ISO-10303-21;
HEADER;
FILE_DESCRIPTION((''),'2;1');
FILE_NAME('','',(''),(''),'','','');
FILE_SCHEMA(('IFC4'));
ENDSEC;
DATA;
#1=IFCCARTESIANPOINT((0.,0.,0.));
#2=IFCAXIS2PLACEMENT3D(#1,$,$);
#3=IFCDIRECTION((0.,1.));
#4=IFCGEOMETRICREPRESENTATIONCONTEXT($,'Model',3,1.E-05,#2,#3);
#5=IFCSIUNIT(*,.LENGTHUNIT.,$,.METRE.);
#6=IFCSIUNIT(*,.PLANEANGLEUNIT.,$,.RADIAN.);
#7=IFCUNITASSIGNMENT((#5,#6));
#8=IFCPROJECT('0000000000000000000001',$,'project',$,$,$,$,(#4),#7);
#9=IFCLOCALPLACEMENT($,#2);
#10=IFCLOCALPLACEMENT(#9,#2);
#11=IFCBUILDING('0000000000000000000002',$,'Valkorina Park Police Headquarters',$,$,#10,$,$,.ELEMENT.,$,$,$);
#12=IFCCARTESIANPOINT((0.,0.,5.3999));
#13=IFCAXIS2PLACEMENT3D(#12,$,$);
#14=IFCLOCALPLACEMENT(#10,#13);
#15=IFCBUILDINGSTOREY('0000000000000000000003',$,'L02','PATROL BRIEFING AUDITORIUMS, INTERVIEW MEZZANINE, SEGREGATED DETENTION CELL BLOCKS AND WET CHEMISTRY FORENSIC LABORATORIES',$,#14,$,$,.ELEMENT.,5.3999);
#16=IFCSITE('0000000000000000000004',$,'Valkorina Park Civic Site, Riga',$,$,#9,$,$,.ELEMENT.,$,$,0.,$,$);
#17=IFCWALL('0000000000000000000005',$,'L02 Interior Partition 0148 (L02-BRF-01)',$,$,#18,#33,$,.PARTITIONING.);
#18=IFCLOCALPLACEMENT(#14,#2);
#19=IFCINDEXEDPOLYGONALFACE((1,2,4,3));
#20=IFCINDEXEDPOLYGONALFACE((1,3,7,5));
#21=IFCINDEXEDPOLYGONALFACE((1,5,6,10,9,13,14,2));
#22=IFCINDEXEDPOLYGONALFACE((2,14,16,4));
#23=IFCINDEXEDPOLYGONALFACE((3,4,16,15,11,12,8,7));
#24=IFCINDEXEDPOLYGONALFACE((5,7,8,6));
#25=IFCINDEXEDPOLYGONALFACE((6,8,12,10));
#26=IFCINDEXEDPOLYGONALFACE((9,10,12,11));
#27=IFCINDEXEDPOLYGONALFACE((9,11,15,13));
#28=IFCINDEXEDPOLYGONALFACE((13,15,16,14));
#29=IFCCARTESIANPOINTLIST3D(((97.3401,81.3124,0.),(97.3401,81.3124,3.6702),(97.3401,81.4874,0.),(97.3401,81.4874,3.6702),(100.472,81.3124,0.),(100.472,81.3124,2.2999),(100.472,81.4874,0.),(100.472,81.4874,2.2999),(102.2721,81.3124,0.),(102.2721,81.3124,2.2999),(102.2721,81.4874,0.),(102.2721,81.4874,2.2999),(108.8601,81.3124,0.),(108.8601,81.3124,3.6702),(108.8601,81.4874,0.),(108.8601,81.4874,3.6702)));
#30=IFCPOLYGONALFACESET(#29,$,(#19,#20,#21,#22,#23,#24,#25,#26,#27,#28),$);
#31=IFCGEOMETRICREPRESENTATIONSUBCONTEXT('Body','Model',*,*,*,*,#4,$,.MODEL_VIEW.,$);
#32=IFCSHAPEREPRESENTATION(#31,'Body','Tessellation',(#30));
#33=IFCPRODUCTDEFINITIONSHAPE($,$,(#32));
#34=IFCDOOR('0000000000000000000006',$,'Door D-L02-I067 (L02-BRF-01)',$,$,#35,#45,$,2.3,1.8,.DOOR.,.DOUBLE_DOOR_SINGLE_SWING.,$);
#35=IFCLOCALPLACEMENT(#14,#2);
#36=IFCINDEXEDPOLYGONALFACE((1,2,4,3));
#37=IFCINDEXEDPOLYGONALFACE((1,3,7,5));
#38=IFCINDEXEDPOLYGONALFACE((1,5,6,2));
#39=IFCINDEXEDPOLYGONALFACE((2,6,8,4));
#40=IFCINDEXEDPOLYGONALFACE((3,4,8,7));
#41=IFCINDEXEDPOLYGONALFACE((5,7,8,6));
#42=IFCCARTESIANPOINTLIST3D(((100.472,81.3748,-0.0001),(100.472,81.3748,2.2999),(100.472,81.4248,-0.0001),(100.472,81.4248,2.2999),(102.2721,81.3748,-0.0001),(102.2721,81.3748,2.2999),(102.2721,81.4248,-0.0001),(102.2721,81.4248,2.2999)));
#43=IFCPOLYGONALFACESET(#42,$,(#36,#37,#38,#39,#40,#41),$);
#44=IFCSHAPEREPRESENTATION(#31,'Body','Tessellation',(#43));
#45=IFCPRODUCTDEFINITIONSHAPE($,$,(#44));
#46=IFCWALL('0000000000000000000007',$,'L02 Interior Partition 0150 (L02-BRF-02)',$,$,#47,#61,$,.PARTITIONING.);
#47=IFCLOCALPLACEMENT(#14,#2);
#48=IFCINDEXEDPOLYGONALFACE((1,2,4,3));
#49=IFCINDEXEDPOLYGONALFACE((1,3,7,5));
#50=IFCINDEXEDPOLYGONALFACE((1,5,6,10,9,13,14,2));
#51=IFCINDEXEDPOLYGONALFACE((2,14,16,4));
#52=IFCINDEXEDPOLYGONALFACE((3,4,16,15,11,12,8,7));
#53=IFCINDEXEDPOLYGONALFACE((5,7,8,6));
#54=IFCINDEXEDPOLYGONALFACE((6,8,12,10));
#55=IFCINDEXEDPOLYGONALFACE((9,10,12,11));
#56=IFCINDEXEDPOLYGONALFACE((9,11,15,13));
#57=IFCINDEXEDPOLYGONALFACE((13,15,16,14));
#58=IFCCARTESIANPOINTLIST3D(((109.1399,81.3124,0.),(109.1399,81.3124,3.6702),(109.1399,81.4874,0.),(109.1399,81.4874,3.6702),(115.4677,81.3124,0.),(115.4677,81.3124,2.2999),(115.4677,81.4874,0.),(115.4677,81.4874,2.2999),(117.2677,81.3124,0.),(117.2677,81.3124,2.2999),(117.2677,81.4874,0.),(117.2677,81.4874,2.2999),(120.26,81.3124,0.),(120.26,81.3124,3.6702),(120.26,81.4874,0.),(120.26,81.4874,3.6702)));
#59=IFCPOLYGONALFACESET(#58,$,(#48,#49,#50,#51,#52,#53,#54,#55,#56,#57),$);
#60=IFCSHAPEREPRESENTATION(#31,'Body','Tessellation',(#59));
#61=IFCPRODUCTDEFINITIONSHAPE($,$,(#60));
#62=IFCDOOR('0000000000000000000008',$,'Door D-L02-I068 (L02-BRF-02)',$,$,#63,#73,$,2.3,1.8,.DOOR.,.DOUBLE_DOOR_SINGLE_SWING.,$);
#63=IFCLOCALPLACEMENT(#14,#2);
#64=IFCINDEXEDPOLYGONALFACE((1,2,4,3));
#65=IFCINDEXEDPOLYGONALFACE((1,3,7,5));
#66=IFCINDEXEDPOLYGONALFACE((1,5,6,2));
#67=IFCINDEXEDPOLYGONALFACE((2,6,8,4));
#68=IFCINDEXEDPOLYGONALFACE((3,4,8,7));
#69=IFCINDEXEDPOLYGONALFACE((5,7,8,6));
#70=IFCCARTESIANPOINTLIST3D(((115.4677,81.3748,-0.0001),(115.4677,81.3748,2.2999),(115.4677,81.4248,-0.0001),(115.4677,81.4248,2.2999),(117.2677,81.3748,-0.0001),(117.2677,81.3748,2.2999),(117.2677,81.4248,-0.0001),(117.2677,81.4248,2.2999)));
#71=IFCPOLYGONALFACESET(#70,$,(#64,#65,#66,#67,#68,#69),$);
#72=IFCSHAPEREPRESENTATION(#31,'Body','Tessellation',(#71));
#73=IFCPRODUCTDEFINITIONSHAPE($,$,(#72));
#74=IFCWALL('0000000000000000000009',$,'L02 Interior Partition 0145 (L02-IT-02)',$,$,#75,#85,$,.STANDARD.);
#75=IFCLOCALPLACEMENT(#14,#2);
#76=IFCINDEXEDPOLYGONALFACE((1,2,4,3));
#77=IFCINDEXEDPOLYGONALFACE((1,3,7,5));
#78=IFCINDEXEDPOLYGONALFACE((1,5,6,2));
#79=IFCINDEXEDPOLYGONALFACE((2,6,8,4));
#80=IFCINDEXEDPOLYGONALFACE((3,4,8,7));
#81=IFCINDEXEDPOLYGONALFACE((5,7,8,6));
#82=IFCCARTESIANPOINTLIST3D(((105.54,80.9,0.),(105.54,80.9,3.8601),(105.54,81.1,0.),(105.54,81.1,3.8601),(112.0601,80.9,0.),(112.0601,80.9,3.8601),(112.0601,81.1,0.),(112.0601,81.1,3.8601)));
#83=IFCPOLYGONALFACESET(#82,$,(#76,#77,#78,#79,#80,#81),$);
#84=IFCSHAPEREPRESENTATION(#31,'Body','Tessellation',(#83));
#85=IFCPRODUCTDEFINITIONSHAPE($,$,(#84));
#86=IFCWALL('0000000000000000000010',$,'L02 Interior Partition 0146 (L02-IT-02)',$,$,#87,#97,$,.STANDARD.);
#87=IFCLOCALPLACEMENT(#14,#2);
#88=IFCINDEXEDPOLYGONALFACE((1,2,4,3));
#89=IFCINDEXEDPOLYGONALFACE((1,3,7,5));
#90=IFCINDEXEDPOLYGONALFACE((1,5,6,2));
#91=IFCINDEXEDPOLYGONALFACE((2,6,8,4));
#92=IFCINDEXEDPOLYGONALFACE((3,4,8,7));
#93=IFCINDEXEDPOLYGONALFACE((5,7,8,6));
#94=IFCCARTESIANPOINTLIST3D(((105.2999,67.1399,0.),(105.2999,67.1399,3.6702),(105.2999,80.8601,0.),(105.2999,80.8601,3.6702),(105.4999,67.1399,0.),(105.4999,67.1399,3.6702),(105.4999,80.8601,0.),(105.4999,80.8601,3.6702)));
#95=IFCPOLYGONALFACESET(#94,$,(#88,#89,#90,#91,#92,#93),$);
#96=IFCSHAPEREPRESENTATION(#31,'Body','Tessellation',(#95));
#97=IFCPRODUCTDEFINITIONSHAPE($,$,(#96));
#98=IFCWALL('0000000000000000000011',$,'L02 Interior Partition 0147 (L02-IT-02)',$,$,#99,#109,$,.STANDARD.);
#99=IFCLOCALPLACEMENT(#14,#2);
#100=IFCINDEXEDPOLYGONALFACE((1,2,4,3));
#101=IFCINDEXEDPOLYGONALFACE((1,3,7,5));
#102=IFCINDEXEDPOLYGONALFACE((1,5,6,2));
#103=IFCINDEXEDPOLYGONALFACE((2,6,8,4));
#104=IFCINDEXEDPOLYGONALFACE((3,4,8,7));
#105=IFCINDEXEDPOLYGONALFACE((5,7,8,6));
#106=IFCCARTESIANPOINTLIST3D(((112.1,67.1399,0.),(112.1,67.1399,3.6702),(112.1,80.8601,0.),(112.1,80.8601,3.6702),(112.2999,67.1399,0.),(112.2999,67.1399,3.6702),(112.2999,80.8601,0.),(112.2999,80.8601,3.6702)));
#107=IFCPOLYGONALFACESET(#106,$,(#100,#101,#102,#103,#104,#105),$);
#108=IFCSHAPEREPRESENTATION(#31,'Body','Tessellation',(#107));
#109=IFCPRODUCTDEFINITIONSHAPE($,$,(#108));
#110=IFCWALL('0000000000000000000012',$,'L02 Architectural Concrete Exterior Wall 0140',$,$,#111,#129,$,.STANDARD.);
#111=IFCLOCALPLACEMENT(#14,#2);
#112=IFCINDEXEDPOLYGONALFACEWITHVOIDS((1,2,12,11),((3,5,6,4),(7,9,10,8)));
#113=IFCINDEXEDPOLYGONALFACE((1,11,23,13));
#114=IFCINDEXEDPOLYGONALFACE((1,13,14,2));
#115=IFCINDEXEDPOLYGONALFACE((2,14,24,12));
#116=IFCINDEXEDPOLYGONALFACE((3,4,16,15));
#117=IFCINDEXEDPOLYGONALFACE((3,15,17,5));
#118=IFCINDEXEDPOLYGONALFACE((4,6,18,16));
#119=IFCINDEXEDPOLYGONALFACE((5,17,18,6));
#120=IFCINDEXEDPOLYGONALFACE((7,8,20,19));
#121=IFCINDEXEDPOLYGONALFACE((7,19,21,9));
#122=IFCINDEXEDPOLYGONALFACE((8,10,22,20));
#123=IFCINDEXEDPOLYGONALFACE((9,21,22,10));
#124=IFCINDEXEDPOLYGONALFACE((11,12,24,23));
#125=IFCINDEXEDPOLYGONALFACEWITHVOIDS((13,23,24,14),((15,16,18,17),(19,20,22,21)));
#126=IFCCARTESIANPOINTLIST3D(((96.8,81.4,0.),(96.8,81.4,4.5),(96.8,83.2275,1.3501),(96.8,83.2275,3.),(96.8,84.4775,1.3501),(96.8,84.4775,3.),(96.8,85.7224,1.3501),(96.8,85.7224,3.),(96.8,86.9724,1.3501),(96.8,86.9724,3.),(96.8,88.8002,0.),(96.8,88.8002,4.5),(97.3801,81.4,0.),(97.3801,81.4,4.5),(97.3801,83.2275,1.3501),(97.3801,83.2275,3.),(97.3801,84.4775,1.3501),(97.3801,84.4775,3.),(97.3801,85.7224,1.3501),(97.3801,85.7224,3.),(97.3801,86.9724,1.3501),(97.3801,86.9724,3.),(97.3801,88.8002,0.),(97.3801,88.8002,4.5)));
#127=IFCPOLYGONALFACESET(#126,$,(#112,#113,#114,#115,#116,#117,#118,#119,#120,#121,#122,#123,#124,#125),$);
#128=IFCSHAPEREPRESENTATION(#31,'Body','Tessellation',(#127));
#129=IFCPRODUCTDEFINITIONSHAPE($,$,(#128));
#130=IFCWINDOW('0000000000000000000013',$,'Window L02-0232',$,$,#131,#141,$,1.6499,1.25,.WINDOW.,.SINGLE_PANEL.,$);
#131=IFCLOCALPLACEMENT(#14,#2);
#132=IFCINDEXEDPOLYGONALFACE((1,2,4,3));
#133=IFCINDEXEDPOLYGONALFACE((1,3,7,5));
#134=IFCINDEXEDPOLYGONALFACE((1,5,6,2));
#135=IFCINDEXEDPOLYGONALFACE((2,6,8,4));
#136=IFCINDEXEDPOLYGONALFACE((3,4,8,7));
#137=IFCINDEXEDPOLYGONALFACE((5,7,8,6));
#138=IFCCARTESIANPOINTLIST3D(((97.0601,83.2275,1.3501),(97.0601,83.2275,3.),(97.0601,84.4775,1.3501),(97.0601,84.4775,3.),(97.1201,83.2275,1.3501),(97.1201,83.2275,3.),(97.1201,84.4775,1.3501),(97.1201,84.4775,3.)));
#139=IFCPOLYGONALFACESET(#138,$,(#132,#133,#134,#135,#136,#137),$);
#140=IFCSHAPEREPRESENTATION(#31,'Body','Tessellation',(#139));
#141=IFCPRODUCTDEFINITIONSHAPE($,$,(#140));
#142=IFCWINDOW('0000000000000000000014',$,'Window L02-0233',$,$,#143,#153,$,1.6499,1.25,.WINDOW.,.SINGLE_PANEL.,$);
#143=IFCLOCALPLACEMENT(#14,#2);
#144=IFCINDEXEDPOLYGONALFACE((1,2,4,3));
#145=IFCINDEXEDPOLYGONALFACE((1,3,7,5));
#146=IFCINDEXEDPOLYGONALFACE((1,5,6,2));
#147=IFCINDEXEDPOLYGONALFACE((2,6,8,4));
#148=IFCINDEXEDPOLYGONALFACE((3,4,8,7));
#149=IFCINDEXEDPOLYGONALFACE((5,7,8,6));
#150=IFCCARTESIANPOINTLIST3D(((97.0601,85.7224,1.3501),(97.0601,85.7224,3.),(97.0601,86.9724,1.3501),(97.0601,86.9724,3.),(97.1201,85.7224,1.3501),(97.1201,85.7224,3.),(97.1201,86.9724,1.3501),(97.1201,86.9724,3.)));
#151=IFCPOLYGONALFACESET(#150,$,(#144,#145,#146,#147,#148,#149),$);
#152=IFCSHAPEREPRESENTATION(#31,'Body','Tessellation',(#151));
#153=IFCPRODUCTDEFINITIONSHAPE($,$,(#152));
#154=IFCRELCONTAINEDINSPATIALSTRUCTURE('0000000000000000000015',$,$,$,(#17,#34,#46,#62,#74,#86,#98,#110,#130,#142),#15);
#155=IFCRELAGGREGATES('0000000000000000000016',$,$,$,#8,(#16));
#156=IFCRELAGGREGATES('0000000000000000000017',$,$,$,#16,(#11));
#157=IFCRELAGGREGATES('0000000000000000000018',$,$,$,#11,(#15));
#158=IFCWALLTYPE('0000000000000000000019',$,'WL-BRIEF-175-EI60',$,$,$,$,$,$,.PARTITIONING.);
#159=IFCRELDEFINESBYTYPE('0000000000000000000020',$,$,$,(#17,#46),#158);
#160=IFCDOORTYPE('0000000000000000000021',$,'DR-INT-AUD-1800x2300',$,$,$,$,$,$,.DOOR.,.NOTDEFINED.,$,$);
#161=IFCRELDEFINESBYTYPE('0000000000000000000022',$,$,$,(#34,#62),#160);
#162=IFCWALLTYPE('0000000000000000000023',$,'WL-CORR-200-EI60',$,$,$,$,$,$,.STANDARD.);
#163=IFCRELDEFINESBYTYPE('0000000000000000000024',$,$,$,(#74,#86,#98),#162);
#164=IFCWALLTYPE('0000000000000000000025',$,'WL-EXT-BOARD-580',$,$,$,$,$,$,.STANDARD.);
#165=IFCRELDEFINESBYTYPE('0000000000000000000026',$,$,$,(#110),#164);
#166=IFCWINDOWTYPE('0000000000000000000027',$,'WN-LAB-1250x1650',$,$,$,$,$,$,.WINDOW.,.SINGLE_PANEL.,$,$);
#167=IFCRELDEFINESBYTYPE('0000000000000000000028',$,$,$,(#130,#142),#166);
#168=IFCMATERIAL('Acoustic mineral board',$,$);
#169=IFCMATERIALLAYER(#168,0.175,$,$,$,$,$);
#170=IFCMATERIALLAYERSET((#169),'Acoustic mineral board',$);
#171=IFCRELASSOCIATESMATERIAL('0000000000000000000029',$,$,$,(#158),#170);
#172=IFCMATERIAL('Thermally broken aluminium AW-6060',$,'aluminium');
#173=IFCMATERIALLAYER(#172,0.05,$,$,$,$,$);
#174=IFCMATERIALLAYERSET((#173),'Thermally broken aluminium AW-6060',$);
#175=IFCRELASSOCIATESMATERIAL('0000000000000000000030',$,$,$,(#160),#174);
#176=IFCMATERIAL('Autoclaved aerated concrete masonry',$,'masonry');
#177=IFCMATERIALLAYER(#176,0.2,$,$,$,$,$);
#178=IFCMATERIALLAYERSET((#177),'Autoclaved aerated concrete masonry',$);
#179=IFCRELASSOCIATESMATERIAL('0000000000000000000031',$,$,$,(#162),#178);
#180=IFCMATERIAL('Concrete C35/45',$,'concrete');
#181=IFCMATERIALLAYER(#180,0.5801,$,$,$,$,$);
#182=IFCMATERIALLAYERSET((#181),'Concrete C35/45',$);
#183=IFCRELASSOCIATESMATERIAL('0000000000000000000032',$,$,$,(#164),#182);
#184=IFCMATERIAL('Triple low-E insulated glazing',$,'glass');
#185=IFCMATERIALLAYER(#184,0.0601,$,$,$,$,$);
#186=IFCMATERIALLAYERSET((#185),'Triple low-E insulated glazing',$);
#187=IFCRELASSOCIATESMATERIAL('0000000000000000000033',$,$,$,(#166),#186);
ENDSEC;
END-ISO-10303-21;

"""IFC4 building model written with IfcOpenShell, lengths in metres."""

from ifc_helpers import new_model, si_unit, direction, frame, frame_2d, origin, place, context, subcontext, project, spatial, rectangle, extrude, material, layer, layer_set, type_object, element, fill, save


model = new_model("IFC4")

# Units and contexts
model_context = context("Model", 3, precision=1e-05, world=origin(), true_north=direction((0.0, 1.0)))
body_context = subcontext(model_context, "Body", "Model", "MODEL_VIEW")
ifc_project = project(units=[si_unit("LENGTHUNIT", "METRE"), si_unit("PLANEANGLEUNIT", "RADIAN")], contexts=[model_context])

# Site, building, storey
site_placement = place(None, origin())
site = spatial("IfcSite", under=ifc_project, at=site_placement, Name="Valkorina Park Civic Site, Riga", CompositionType="ELEMENT", RefElevation=0.0)
building_placement = place(site_placement, origin())
building = spatial("IfcBuilding", under=site, at=building_placement, Name="Valkorina Park Police Headquarters", CompositionType="ELEMENT")
storey_placement = place(building_placement, frame((0.0, 0.0, 5.3999)))
storey = spatial("IfcBuildingStorey", under=building, at=storey_placement, Name="L02", Description="PATROL BRIEFING AUDITORIUMS, INTERVIEW MEZZANINE, SEGREGATED DETENTION CELL BLOCKS AND WET CHEMISTRY FORENSIC LABORATORIES", CompositionType="ELEMENT", Elevation=5.3999)

# Walls, openings, doors
ifc_material_1 = material(Name="Acoustic mineral board")
ifc_layer_1 = layer(ifc_material_1, 0.175)
ifc_layer_set_1 = layer_set([ifc_layer_1], Name="Acoustic mineral board")
wall_type_1 = type_object("IfcWallType", Name="WL-BRIEF-175-EI60", PredefinedType="PARTITIONING", material=ifc_layer_set_1)
wall_1_placement = place(storey_placement, frame((97.3401, 81.3999, 0.0), z_axis=(0.0, 0.0, 1.0), x_axis=(1.0, 0.0, 0.0)))
wall_1 = element("IfcWall", 1, at=wall_1_placement, inside=storey, type_object=wall_type_1, Name="L02 Interior Partition 0148 (L02-BRF-01)", PredefinedType="PARTITIONING", context=body_context, shape_type="SweptSolid", body=[
    extrude(rectangle(XDim=11.52, YDim=0.175, at=frame_2d((5.76, 0.0))), origin(), (0.0, 0.0, 1.0), 3.6702),
])
opening_1_placement = place(wall_1_placement, frame((3.1321, 0.0, 0.0)))
opening_1 = element("IfcOpeningElement", 2, at=opening_1_placement, cuts=wall_1, PredefinedType="OPENING", context=body_context, shape_type="SweptSolid", body=[
    extrude(rectangle(XDim=1.8, YDim=2.3, at=frame_2d((0.8999, 1.1499))), frame((0.0, 0.0977, 0.0), z_axis=(0.0, -1.0, 0.0), x_axis=(1.0, 0.0, 0.0)), (0.0, 0.0, 1.0), 0.1951),
])
ifc_material_2 = material(Name="Thermally broken aluminium AW-6060", Category="aluminium")
ifc_layer_2 = layer(ifc_material_2, 0.05)
ifc_layer_set_2 = layer_set([ifc_layer_2], Name="Thermally broken aluminium AW-6060")
door_type = type_object("IfcDoorType", Name="DR-INT-AUD-1800x2300", OperationType="NOTDEFINED", PredefinedType="DOOR", material=ifc_layer_set_2)
door_1_placement = place(opening_1_placement, origin())
door_1 = element("IfcDoor", 3, at=door_1_placement, inside=storey, type_object=door_type, Name="Door D-L02-I067 (L02-BRF-01)", OperationType="DOUBLE_DOOR_SINGLE_SWING", OverallHeight=2.3, OverallWidth=1.8, PredefinedType="DOOR", context=body_context, shape_type="SweptSolid", body=[
    extrude(rectangle(XDim=1.8, YDim=2.3, at=frame_2d((0.8999, 1.1499))), frame((0.0, 0.0249, 0.0), z_axis=(0.0, -1.0, 0.0), x_axis=(1.0, 0.0, 0.0)), (0.0, 0.0, 1.0), 0.05),
])
fill(opening_1, door_1)
wall_2_placement = place(storey_placement, frame((109.1399, 81.3999, 0.0), z_axis=(0.0, 0.0, 1.0), x_axis=(1.0, 0.0, 0.0)))
wall_2 = element("IfcWall", 4, at=wall_2_placement, inside=storey, type_object=wall_type_1, Name="L02 Interior Partition 0150 (L02-BRF-02)", PredefinedType="PARTITIONING", context=body_context, shape_type="SweptSolid", body=[
    extrude(rectangle(XDim=11.1201, YDim=0.175, at=frame_2d((5.5601, 0.0))), origin(), (0.0, 0.0, 1.0), 3.6702),
])
opening_2_placement = place(wall_2_placement, frame((6.3279, 0.0, 0.0)))
opening_2 = element("IfcOpeningElement", 5, at=opening_2_placement, cuts=wall_2, PredefinedType="OPENING", context=body_context, shape_type="SweptSolid", body=[
    extrude(rectangle(XDim=1.8, YDim=2.3, at=frame_2d((0.8999, 1.1499))), frame((0.0, 0.0977, 0.0), z_axis=(0.0, -1.0, 0.0), x_axis=(1.0, 0.0, 0.0)), (0.0, 0.0, 1.0), 0.1951),
])
door_2_placement = place(opening_2_placement, origin())
door_2 = element("IfcDoor", 6, at=door_2_placement, inside=storey, type_object=door_type, Name="Door D-L02-I068 (L02-BRF-02)", OperationType="DOUBLE_DOOR_SINGLE_SWING", OverallHeight=2.3, OverallWidth=1.8, PredefinedType="DOOR", context=body_context, shape_type="SweptSolid", body=[
    extrude(rectangle(XDim=1.8, YDim=2.3, at=frame_2d((0.8999, 1.1499))), frame((0.0, 0.0249, 0.0), z_axis=(0.0, -1.0, 0.0), x_axis=(1.0, 0.0, 0.0)), (0.0, 0.0, 1.0), 0.05),
])
fill(opening_2, door_2)

# Walls
ifc_material_3 = material(Name="Autoclaved aerated concrete masonry", Category="masonry")
ifc_layer_3 = layer(ifc_material_3, 0.2)
ifc_layer_set_3 = layer_set([ifc_layer_3], Name="Autoclaved aerated concrete masonry")
wall_type_2 = type_object("IfcWallType", Name="WL-CORR-200-EI60", PredefinedType="STANDARD", material=ifc_layer_set_3)
wall_3_placement = place(storey_placement, frame((105.54, 81.0, 0.0), z_axis=(0.0, 0.0, 1.0), x_axis=(1.0, 0.0, 0.0)))
element("IfcWall", 7, at=wall_3_placement, inside=storey, type_object=wall_type_2, Name="L02 Interior Partition 0145 (L02-IT-02)", PredefinedType="STANDARD", context=body_context, shape_type="SweptSolid", body=[
    extrude(rectangle(XDim=6.52, YDim=0.2, at=frame_2d((3.26, 0.0))), origin(), (0.0, 0.0, 1.0), 3.8601),
])
for number, where, z_axis, x_axis, name in (
    (8, (105.3999, 67.1399, 0.0), (0.0, 0.0, 1.0), (0.0, 1.0, 0.0), "L02 Interior Partition 0146 (L02-IT-02)"),
    (9, (112.2, 67.1399, 0.0), (0.0, 0.0, 1.0), (0.0, 1.0, 0.0), "L02 Interior Partition 0147 (L02-IT-02)"),
):
    element("IfcWall", number, at=place(storey_placement, frame(where, z_axis=z_axis, x_axis=x_axis)), inside=storey, type_object=wall_type_2, Name=name, PredefinedType="STANDARD", context=body_context, shape_type="SweptSolid", body=[
        extrude(rectangle(XDim=13.7202, YDim=0.2, at=frame_2d((6.8601, 0.0))), origin(), (0.0, 0.0, 1.0), 3.6702),
    ])

# Wall, openings, windows
ifc_material_4 = material(Name="Concrete C35/45", Category="concrete")
ifc_layer_4 = layer(ifc_material_4, 0.5801)
ifc_layer_set_4 = layer_set([ifc_layer_4], Name="Concrete C35/45")
wall_type_3 = type_object("IfcWallType", Name="WL-EXT-BOARD-580", PredefinedType="STANDARD", material=ifc_layer_set_4)
wall_4_placement = place(storey_placement, frame((97.0901, 81.3999, 0.0), z_axis=(0.0, 0.0, 1.0), x_axis=(0.0, 1.0, 0.0)))
wall_4 = element("IfcWall", 10, at=wall_4_placement, inside=storey, type_object=wall_type_3, Name="L02 Architectural Concrete Exterior Wall 0140", PredefinedType="STANDARD", context=body_context, shape_type="SweptSolid", body=[
    extrude(rectangle(XDim=7.4001, YDim=0.5801, at=frame_2d((3.7002, 0.0))), origin(), (0.0, 0.0, 1.0), 4.5),
])
opening_3_placement = place(wall_4_placement, frame((1.8276, 0.0, 1.3501)))
opening_3 = element("IfcOpeningElement", 11, at=opening_3_placement, cuts=wall_4, PredefinedType="OPENING", context=body_context, shape_type="SweptSolid", body=[
    extrude(rectangle(XDim=1.25, YDim=1.6499, at=frame_2d((0.625, 0.825))), frame((0.0, 0.3, 0.0), z_axis=(0.0, -1.0, 0.0), x_axis=(1.0, 0.0, 0.0)), (0.0, 0.0, 1.0), 0.6001),
])
opening_4_placement = place(wall_4_placement, frame((4.3225, 0.0, 1.3501)))
opening_4 = element("IfcOpeningElement", 12, at=opening_4_placement, cuts=wall_4, PredefinedType="OPENING", context=body_context, shape_type="SweptSolid", body=[
    extrude(rectangle(XDim=1.25, YDim=1.6499, at=frame_2d((0.625, 0.825))), frame((0.0, 0.3, 0.0), z_axis=(0.0, -1.0, 0.0), x_axis=(1.0, 0.0, 0.0)), (0.0, 0.0, 1.0), 0.6001),
])
ifc_material_5 = material(Name="Triple low-E insulated glazing", Category="glass")
ifc_layer_5 = layer(ifc_material_5, 0.0601)
ifc_layer_set_5 = layer_set([ifc_layer_5], Name="Triple low-E insulated glazing")
window_type = type_object("IfcWindowType", Name="WN-LAB-1250x1650", PartitioningType="SINGLE_PANEL", PredefinedType="WINDOW", material=ifc_layer_set_5)
window_1_placement = place(opening_3_placement, origin())
window_1 = element("IfcWindow", 13, at=window_1_placement, inside=storey, type_object=window_type, Name="Window L02-0232", OverallHeight=1.6499, OverallWidth=1.25, PartitioningType="SINGLE_PANEL", PredefinedType="WINDOW", context=body_context, shape_type="SweptSolid", body=[
    extrude(rectangle(XDim=1.25, YDim=1.6499, at=frame_2d((0.625, 0.825))), frame((0.0, 0.03, 0.0), z_axis=(0.0, -1.0, 0.0), x_axis=(1.0, 0.0, 0.0)), (0.0, 0.0, 1.0), 0.0601),
])
fill(opening_3, window_1)
window_2_placement = place(opening_4_placement, origin())
window_2 = element("IfcWindow", 14, at=window_2_placement, inside=storey, type_object=window_type, Name="Window L02-0233", OverallHeight=1.6499, OverallWidth=1.25, PartitioningType="SINGLE_PANEL", PredefinedType="WINDOW", context=body_context, shape_type="SweptSolid", body=[
    extrude(rectangle(XDim=1.25, YDim=1.6499, at=frame_2d((0.625, 0.825))), frame((0.0, 0.03, 0.0), z_axis=(0.0, -1.0, 0.0), x_axis=(1.0, 0.0, 0.0)), (0.0, 0.0, 1.0), 0.0601),
])
fill(opening_4, window_2)

save(model, "model.ifc")
